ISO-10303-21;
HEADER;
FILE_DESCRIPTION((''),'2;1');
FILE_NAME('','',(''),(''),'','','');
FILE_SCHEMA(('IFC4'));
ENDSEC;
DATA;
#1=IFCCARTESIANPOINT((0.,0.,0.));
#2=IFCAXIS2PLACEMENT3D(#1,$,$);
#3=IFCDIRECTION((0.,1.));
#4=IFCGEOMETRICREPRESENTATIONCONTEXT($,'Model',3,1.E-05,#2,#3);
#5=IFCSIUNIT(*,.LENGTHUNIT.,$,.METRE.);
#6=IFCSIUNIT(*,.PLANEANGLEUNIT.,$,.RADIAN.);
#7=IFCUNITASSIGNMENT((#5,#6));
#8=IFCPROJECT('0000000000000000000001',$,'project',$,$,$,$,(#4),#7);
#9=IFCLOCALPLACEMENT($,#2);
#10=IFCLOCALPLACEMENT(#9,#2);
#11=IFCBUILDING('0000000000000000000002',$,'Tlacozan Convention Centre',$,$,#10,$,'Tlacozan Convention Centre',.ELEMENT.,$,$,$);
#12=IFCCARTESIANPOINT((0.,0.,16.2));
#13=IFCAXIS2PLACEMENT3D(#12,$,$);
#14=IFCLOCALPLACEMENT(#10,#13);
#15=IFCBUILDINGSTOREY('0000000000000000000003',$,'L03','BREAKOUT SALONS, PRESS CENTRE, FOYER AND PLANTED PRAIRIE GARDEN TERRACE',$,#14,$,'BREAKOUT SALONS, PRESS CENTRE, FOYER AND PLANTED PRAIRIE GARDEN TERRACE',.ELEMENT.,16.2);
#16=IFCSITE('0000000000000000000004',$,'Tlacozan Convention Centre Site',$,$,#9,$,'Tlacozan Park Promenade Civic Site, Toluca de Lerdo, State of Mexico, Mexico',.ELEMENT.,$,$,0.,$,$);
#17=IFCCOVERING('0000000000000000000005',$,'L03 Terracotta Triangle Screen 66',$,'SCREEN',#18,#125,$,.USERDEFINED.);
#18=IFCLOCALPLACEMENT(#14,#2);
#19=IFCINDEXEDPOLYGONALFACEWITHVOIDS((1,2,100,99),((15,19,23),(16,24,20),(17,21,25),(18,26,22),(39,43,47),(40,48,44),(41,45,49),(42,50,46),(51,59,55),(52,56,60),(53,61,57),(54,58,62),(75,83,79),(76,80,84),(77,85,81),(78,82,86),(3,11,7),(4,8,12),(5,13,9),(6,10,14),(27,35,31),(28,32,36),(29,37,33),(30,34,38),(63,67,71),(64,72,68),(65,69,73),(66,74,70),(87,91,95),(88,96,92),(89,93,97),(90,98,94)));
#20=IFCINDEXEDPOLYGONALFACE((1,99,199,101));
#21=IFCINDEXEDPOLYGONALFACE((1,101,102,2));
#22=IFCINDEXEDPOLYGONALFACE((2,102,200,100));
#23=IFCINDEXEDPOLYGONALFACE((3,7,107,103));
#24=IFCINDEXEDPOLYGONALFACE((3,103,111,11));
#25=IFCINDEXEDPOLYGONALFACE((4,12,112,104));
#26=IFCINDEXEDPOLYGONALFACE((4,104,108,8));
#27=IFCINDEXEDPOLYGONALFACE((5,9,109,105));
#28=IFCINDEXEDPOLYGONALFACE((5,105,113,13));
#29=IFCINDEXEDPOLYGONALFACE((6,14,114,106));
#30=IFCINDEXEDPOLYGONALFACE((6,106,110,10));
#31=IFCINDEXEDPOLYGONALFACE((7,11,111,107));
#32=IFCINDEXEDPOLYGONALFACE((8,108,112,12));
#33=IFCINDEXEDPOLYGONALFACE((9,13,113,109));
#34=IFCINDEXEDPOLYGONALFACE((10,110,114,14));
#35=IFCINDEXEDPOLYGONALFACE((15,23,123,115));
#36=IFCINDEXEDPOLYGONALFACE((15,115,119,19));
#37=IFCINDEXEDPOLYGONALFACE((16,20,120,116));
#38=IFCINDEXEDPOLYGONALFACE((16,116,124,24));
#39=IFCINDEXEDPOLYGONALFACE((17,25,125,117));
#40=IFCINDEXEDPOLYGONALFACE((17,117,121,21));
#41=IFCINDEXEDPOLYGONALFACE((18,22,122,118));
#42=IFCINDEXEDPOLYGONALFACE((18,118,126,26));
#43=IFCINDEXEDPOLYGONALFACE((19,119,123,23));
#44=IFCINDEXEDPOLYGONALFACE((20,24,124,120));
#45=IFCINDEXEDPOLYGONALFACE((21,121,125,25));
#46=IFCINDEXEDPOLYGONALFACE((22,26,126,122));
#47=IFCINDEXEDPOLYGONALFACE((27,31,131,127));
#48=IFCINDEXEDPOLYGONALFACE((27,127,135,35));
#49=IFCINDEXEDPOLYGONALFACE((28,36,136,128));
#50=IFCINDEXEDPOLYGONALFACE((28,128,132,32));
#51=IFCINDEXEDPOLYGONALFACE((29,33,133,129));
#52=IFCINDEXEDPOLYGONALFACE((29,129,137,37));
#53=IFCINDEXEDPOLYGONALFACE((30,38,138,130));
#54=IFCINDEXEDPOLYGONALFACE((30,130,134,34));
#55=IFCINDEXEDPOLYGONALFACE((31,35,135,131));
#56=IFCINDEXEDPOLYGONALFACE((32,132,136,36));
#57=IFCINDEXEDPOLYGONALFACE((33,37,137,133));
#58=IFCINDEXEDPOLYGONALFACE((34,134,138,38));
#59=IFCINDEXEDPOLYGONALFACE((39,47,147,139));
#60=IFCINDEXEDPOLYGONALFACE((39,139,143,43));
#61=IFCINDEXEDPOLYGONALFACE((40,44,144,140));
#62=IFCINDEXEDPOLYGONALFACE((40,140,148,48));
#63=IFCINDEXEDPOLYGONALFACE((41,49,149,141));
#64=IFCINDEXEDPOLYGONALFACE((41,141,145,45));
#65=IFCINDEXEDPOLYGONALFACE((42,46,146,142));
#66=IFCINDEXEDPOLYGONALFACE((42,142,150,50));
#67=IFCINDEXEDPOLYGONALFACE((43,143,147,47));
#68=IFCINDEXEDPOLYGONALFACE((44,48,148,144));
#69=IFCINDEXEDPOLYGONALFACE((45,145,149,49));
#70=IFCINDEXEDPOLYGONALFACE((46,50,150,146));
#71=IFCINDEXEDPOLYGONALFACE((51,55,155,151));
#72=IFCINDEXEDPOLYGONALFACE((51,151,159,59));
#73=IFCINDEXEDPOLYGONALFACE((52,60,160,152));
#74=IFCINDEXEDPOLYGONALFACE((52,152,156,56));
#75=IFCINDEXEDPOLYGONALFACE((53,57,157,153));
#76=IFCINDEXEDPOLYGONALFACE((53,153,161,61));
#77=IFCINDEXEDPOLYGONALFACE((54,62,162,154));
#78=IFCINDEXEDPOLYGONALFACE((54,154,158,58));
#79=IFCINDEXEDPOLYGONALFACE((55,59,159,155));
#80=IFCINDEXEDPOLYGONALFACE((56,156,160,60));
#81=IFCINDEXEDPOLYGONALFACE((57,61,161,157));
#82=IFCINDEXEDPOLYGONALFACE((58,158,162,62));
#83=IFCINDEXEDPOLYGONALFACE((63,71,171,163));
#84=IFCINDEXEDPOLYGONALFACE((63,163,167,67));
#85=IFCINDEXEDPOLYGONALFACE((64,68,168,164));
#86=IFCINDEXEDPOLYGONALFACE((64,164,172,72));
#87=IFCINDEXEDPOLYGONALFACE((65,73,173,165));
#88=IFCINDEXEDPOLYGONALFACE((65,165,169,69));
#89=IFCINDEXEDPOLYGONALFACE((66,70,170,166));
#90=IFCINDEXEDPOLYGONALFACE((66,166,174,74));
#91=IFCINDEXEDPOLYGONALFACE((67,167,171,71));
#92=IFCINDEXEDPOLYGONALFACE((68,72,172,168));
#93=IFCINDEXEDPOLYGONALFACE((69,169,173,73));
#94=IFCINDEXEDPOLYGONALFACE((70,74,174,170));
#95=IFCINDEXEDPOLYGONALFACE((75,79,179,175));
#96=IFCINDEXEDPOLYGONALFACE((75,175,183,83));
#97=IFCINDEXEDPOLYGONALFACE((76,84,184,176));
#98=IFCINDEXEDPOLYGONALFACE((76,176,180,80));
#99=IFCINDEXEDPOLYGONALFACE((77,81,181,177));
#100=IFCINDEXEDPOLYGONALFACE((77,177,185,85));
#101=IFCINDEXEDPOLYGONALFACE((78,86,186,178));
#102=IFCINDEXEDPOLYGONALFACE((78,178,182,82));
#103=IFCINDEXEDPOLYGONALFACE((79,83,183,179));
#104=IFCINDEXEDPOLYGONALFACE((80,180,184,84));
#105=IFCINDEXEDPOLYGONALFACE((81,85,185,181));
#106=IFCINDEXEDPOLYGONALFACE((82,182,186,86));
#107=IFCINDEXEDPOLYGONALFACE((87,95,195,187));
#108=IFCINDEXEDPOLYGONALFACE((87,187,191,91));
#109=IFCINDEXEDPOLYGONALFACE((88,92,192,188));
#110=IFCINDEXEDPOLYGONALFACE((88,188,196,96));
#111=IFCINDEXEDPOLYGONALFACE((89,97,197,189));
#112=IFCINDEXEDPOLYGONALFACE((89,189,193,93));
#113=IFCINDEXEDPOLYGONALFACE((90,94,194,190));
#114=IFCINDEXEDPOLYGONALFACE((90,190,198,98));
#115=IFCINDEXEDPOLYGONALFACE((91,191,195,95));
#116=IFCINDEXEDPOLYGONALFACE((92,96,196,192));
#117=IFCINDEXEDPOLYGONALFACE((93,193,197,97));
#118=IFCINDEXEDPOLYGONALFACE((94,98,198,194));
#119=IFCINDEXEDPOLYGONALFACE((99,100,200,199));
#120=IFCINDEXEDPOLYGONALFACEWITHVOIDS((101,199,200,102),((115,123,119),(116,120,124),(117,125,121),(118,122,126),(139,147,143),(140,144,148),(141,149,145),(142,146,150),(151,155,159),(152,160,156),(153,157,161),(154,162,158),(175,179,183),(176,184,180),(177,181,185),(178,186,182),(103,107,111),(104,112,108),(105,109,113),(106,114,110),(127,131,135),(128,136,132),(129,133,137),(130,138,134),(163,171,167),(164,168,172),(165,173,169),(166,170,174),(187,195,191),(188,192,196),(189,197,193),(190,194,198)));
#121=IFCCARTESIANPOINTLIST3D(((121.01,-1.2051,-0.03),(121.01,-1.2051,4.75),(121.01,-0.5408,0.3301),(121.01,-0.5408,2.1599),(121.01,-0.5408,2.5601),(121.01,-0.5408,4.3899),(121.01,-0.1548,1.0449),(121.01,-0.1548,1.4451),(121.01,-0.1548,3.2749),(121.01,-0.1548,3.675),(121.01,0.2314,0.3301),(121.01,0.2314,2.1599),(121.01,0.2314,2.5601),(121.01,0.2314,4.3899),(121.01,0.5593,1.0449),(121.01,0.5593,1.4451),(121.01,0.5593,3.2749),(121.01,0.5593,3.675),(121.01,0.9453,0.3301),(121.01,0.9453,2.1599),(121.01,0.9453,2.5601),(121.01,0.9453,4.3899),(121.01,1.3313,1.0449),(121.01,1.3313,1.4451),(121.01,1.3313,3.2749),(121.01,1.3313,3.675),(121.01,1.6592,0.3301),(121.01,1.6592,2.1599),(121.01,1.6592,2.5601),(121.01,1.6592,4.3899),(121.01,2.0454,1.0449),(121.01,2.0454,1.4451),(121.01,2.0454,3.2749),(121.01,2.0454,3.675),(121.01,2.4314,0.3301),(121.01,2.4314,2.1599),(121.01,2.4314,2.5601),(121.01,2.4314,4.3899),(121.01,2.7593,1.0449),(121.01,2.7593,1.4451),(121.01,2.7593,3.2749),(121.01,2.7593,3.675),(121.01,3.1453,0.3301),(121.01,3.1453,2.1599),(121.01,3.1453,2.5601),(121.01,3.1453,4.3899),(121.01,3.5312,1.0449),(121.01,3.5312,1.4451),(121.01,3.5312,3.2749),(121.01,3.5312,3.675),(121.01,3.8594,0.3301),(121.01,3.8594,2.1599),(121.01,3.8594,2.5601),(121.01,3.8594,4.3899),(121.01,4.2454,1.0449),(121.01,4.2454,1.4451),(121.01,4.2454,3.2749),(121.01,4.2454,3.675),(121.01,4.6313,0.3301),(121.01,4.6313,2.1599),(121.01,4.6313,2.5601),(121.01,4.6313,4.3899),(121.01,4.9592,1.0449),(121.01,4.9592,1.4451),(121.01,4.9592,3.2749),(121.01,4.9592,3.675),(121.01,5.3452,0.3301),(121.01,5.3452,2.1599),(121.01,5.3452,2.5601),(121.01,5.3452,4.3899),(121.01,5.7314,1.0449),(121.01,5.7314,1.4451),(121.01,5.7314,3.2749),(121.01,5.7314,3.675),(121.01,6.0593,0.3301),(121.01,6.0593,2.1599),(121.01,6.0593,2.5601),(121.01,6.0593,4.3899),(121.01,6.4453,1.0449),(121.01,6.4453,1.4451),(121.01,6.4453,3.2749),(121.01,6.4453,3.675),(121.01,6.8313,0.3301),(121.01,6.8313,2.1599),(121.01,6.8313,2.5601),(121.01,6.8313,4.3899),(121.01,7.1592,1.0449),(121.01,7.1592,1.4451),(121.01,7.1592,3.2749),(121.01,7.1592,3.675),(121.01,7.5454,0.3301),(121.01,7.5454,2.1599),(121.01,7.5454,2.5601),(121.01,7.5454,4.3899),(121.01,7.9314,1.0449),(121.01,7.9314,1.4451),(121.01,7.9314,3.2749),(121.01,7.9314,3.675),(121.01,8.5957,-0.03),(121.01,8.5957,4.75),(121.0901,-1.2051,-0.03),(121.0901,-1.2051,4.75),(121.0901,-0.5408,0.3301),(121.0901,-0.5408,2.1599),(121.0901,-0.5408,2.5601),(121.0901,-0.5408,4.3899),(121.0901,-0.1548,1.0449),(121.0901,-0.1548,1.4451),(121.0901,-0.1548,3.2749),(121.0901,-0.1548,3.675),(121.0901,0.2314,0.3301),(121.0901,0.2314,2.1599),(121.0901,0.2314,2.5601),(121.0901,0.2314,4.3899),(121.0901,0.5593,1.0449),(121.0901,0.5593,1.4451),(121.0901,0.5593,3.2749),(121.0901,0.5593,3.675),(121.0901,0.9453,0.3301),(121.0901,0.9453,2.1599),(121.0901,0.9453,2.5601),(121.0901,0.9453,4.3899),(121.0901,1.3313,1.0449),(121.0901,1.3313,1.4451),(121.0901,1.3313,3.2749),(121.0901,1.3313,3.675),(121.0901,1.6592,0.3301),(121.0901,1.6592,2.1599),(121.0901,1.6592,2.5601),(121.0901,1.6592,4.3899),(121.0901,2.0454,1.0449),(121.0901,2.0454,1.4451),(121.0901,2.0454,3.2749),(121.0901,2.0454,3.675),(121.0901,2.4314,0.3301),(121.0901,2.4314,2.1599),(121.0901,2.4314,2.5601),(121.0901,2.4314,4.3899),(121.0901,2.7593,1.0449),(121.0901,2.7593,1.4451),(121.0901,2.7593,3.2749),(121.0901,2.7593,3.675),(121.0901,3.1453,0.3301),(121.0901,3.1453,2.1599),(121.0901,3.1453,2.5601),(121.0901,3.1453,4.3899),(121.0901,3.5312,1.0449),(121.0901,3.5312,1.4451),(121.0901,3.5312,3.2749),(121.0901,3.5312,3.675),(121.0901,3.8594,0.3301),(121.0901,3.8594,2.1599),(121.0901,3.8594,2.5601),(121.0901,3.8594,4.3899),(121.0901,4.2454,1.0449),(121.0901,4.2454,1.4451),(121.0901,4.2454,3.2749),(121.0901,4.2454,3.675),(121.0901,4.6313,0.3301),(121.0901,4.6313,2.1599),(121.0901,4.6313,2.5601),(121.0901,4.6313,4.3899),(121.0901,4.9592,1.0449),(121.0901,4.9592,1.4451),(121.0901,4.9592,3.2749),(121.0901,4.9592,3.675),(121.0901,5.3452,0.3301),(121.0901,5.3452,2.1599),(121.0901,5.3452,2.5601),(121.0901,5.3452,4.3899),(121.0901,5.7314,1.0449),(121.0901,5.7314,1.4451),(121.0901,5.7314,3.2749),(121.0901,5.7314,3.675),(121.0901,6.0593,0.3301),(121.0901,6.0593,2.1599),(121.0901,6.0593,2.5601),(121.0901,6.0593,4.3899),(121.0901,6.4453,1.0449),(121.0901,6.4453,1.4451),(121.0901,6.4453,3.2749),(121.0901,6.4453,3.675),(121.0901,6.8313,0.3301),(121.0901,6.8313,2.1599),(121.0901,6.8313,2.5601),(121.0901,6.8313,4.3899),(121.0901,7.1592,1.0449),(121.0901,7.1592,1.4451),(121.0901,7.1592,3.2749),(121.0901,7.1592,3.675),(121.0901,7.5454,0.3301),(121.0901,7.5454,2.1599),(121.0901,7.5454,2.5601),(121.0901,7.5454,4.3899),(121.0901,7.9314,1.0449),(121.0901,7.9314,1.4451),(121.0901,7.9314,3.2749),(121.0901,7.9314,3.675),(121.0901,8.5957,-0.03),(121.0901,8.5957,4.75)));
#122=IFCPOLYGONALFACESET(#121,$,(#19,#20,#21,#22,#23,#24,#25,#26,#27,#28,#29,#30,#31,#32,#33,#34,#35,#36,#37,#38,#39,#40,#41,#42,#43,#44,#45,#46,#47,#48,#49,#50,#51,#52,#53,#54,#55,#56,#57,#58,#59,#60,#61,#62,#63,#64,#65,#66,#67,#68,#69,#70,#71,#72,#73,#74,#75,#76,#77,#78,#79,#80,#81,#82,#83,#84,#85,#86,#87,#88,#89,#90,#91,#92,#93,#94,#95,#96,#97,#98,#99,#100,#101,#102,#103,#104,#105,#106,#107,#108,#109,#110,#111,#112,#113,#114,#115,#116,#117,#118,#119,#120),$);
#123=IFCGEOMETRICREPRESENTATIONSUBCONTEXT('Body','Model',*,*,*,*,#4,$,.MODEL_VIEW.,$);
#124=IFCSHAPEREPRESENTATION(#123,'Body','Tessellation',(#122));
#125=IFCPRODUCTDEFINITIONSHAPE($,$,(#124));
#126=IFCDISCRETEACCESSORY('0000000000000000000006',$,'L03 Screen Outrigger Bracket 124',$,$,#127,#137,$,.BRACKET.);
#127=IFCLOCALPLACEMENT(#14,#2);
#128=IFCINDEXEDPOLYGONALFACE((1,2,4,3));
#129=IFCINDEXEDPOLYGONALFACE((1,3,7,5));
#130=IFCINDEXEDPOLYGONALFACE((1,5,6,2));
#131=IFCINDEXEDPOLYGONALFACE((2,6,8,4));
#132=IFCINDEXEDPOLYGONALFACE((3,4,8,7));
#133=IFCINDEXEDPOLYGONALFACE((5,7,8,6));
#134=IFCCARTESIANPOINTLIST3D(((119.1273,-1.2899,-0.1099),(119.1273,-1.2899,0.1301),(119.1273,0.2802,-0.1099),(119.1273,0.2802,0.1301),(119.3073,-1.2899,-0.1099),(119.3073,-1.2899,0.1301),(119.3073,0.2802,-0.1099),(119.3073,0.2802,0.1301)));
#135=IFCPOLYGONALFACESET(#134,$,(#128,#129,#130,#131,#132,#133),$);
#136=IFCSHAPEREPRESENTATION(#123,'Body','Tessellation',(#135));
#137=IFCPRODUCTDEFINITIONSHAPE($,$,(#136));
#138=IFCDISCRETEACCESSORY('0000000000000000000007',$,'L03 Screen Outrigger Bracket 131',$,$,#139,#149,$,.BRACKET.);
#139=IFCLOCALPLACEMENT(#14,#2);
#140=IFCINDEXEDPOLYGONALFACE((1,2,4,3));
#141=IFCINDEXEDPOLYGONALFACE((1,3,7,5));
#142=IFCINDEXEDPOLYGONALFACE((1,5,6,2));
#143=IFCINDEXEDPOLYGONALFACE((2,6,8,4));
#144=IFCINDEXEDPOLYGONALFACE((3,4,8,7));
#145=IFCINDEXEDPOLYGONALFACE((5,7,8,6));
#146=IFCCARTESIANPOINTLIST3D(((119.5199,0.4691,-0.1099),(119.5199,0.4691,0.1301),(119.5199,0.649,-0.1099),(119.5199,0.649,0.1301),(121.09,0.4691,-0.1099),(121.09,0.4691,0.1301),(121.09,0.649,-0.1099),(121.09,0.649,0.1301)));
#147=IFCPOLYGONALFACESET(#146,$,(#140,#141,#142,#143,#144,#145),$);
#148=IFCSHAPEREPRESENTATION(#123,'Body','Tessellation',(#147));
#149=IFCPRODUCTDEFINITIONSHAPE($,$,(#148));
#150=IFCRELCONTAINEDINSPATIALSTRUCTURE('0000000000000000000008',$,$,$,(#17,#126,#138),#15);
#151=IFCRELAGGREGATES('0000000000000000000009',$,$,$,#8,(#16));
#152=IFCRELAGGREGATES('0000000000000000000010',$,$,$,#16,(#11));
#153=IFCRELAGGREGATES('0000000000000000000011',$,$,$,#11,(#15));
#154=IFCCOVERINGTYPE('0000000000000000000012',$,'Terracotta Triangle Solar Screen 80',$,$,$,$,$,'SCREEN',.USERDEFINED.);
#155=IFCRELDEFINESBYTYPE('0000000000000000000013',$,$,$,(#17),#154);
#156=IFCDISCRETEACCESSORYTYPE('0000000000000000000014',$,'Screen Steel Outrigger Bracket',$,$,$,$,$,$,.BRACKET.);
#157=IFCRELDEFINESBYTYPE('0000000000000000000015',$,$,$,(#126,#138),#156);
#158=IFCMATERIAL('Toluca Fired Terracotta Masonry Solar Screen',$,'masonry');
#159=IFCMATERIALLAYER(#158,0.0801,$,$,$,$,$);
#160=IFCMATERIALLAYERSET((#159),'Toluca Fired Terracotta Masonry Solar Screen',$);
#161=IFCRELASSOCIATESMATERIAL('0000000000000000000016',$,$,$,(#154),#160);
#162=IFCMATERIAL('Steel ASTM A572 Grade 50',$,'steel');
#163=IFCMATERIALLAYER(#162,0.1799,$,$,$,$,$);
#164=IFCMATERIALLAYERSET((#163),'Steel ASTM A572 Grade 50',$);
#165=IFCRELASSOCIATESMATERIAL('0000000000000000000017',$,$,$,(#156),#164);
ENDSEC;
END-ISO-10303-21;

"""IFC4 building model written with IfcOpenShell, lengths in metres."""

from ifc_helpers import new_model, si_unit, direction, frame, origin, origin_2d, place, context, subcontext, project, spatial, polyline, rectangle, outline, extrude, material, layer, layer_set, type_object, element, save


model = new_model("IFC4")

# Units and contexts
model_context = context("Model", 3, precision=1e-05, world=origin(), true_north=direction((0.0, 1.0)))
body_context = subcontext(model_context, "Body", "Model", "MODEL_VIEW")
ifc_project = project(units=[si_unit("LENGTHUNIT", "METRE"), si_unit("PLANEANGLEUNIT", "RADIAN")], contexts=[model_context])

# Site, building, storey
site_placement = place(None, origin())
site = spatial("IfcSite", under=ifc_project, at=site_placement, Name="Tlacozan Convention Centre Site", LongName="Tlacozan Park Promenade Civic Site, Toluca de Lerdo, State of Mexico, Mexico", CompositionType="ELEMENT", RefElevation=0.0)
building_placement = place(site_placement, origin())
building = spatial("IfcBuilding", under=site, at=building_placement, Name="Tlacozan Convention Centre", LongName="Tlacozan Convention Centre", CompositionType="ELEMENT")
storey_placement = place(building_placement, frame((0.0, 0.0, 16.2)))
storey = spatial("IfcBuildingStorey", under=building, at=storey_placement, Name="L03", Description="BREAKOUT SALONS, PRESS CENTRE, FOYER AND PLANTED PRAIRIE GARDEN TERRACE", LongName="BREAKOUT SALONS, PRESS CENTRE, FOYER AND PLANTED PRAIRIE GARDEN TERRACE", CompositionType="ELEMENT", Elevation=16.2)

# Covering
ifc_material_1 = material(Name="Toluca Fired Terracotta Masonry Solar Screen", Category="masonry")
ifc_layer_1 = layer(ifc_material_1, 0.0801)
ifc_layer_set_1 = layer_set([ifc_layer_1], Name="Toluca Fired Terracotta Masonry Solar Screen")
covering_type = type_object("IfcCoveringType", Name="Terracotta Triangle Solar Screen 80", ElementType="SCREEN", PredefinedType="USERDEFINED", material=ifc_layer_set_1)
covering_placement = place(storey_placement, frame((121.05, -1.2051, -0.03), z_axis=(0.0, 0.0, 1.0), x_axis=(0.0, 1.0, 0.0)))
element("IfcCovering", 1, at=covering_placement, inside=storey, type_object=covering_type, Name="L03 Terracotta Triangle Screen 66", ObjectType="SCREEN", PredefinedType="USERDEFINED", context=body_context, shape_type="SweptSolid", body=[
    extrude(outline(polyline([(0.0, 0.0), (9.8008, 0.0), (9.8008, 4.78), (0.0, 4.78), (0.0, 0.0)]), holes=[polyline([(0.6643, 0.3601), (1.4365, 0.3601), (1.0503, 1.075), (0.6643, 0.3601)]), polyline([(1.7644, 1.075), (2.5364, 1.075), (2.1504, 0.3601), (1.7644, 1.075)]), polyline([(2.8643, 0.3601), (3.6365, 0.3601), (3.2505, 1.075), (2.8643, 0.3601)]), polyline([(3.9644, 1.075), (4.7363, 1.075), (4.3503, 0.3601), (3.9644, 1.075)]), polyline([(5.0645, 0.3601), (5.8364, 0.3601), (5.4504, 1.075), (5.0645, 0.3601)]), polyline([(6.1643, 1.075), (6.9365, 1.075), (6.5503, 0.3601), (6.1643, 1.075)]), polyline([(7.2644, 0.3601), (8.0364, 0.3601), (7.6504, 1.075), (7.2644, 0.3601)]), polyline([(8.3643, 1.075), (9.1365, 1.075), (8.7505, 0.3601), (8.3643, 1.075)]), polyline([(0.6643, 2.1899), (1.4365, 2.1899), (1.0503, 1.4751), (0.6643, 2.1899)]), polyline([(1.7644, 1.4751), (2.5364, 1.4751), (2.1504, 2.1899), (1.7644, 1.4751)]), polyline([(2.8643, 2.1899), (3.6365, 2.1899), (3.2505, 1.4751), (2.8643, 2.1899)]), polyline([(3.9644, 1.4751), (4.7363, 1.4751), (4.3503, 2.1899), (3.9644, 1.4751)]), polyline([(5.0645, 2.1899), (5.8364, 2.1899), (5.4504, 1.4751), (5.0645, 2.1899)]), polyline([(6.1643, 1.4751), (6.9365, 1.4751), (6.5503, 2.1899), (6.1643, 1.4751)]), polyline([(7.2644, 2.1899), (8.0364, 2.1899), (7.6504, 1.4751), (7.2644, 2.1899)]), polyline([(8.3643, 1.4751), (9.1365, 1.4751), (8.7505, 2.1899), (8.3643, 1.4751)]), polyline([(0.6643, 2.5901), (1.4365, 2.5901), (1.0503, 3.3049), (0.6643, 2.5901)]), polyline([(1.7644, 3.3049), (2.5364, 3.3049), (2.1504, 2.5901), (1.7644, 3.3049)]), polyline([(2.8643, 2.5901), (3.6365, 2.5901), (3.2505, 3.3049), (2.8643, 2.5901)]), polyline([(3.9644, 3.3049), (4.7363, 3.3049), (4.3503, 2.5901), (3.9644, 3.3049)]), polyline([(5.0645, 2.5901), (5.8364, 2.5901), (5.4504, 3.3049), (5.0645, 2.5901)]), polyline([(6.1643, 3.3049), (6.9365, 3.3049), (6.5503, 2.5901), (6.1643, 3.3049)]), polyline([(7.2644, 2.5901), (8.0364, 2.5901), (7.6504, 3.3049), (7.2644, 2.5901)]), polyline([(8.3643, 3.3049), (9.1365, 3.3049), (8.7505, 2.5901), (8.3643, 3.3049)]), polyline([(0.6643, 4.4199), (1.4365, 4.4199), (1.0503, 3.7051), (0.6643, 4.4199)]), polyline([(1.7644, 3.7051), (2.5364, 3.7051), (2.1504, 4.4199), (1.7644, 3.7051)]), polyline([(2.8643, 4.4199), (3.6365, 4.4199), (3.2505, 3.7051), (2.8643, 4.4199)]), polyline([(3.9644, 3.7051), (4.7363, 3.7051), (4.3503, 4.4199), (3.9644, 3.7051)]), polyline([(5.0645, 4.4199), (5.8364, 4.4199), (5.4504, 3.7051), (5.0645, 4.4199)]), polyline([(6.1643, 3.7051), (6.9365, 3.7051), (6.5503, 4.4199), (6.1643, 3.7051)]), polyline([(7.2644, 4.4199), (8.0364, 4.4199), (7.6504, 3.7051), (7.2644, 4.4199)]), polyline([(8.3643, 3.7051), (9.1365, 3.7051), (8.7505, 4.4199), (8.3643, 3.7051)])]), frame((0.0, 0.04, 0.0), z_axis=(0.0, -1.0, 0.0), x_axis=(1.0, 0.0, 0.0)), (0.0, 0.0, 1.0), 0.0801),
])

# Discrete accessories
ifc_material_2 = material(Name="Steel ASTM A572 Grade 50", Category="steel")
ifc_layer_2 = layer(ifc_material_2, 0.1799)
ifc_layer_set_2 = layer_set([ifc_layer_2], Name="Steel ASTM A572 Grade 50")
discrete_accessory_type = type_object("IfcDiscreteAccessoryType", Name="Screen Steel Outrigger Bracket", PredefinedType="BRACKET", material=ifc_layer_set_2)
for number, where, z_axis, x_axis, name in (
    (2, (119.2173, -0.5049, -0.1099), (0.0, 0.0, 1.0), (0.0, 1.0, 0.0), "L03 Screen Outrigger Bracket 124"),
    (3, (120.3049, 0.5591, -0.1099), (0.0, 0.0, 1.0), (-1.0, 0.0, 0.0), "L03 Screen Outrigger Bracket 131"),
):
    element("IfcDiscreteAccessory", number, at=place(storey_placement, frame(where, z_axis=z_axis, x_axis=x_axis)), inside=storey, type_object=discrete_accessory_type, Name=name, PredefinedType="BRACKET", context=body_context, shape_type="SweptSolid", body=[
        extrude(rectangle(XDim=1.5701, YDim=0.1799, at=origin_2d()), origin(), (0.0, 0.0, 1.0), 0.24),
    ])

save(model, "model.ifc")
